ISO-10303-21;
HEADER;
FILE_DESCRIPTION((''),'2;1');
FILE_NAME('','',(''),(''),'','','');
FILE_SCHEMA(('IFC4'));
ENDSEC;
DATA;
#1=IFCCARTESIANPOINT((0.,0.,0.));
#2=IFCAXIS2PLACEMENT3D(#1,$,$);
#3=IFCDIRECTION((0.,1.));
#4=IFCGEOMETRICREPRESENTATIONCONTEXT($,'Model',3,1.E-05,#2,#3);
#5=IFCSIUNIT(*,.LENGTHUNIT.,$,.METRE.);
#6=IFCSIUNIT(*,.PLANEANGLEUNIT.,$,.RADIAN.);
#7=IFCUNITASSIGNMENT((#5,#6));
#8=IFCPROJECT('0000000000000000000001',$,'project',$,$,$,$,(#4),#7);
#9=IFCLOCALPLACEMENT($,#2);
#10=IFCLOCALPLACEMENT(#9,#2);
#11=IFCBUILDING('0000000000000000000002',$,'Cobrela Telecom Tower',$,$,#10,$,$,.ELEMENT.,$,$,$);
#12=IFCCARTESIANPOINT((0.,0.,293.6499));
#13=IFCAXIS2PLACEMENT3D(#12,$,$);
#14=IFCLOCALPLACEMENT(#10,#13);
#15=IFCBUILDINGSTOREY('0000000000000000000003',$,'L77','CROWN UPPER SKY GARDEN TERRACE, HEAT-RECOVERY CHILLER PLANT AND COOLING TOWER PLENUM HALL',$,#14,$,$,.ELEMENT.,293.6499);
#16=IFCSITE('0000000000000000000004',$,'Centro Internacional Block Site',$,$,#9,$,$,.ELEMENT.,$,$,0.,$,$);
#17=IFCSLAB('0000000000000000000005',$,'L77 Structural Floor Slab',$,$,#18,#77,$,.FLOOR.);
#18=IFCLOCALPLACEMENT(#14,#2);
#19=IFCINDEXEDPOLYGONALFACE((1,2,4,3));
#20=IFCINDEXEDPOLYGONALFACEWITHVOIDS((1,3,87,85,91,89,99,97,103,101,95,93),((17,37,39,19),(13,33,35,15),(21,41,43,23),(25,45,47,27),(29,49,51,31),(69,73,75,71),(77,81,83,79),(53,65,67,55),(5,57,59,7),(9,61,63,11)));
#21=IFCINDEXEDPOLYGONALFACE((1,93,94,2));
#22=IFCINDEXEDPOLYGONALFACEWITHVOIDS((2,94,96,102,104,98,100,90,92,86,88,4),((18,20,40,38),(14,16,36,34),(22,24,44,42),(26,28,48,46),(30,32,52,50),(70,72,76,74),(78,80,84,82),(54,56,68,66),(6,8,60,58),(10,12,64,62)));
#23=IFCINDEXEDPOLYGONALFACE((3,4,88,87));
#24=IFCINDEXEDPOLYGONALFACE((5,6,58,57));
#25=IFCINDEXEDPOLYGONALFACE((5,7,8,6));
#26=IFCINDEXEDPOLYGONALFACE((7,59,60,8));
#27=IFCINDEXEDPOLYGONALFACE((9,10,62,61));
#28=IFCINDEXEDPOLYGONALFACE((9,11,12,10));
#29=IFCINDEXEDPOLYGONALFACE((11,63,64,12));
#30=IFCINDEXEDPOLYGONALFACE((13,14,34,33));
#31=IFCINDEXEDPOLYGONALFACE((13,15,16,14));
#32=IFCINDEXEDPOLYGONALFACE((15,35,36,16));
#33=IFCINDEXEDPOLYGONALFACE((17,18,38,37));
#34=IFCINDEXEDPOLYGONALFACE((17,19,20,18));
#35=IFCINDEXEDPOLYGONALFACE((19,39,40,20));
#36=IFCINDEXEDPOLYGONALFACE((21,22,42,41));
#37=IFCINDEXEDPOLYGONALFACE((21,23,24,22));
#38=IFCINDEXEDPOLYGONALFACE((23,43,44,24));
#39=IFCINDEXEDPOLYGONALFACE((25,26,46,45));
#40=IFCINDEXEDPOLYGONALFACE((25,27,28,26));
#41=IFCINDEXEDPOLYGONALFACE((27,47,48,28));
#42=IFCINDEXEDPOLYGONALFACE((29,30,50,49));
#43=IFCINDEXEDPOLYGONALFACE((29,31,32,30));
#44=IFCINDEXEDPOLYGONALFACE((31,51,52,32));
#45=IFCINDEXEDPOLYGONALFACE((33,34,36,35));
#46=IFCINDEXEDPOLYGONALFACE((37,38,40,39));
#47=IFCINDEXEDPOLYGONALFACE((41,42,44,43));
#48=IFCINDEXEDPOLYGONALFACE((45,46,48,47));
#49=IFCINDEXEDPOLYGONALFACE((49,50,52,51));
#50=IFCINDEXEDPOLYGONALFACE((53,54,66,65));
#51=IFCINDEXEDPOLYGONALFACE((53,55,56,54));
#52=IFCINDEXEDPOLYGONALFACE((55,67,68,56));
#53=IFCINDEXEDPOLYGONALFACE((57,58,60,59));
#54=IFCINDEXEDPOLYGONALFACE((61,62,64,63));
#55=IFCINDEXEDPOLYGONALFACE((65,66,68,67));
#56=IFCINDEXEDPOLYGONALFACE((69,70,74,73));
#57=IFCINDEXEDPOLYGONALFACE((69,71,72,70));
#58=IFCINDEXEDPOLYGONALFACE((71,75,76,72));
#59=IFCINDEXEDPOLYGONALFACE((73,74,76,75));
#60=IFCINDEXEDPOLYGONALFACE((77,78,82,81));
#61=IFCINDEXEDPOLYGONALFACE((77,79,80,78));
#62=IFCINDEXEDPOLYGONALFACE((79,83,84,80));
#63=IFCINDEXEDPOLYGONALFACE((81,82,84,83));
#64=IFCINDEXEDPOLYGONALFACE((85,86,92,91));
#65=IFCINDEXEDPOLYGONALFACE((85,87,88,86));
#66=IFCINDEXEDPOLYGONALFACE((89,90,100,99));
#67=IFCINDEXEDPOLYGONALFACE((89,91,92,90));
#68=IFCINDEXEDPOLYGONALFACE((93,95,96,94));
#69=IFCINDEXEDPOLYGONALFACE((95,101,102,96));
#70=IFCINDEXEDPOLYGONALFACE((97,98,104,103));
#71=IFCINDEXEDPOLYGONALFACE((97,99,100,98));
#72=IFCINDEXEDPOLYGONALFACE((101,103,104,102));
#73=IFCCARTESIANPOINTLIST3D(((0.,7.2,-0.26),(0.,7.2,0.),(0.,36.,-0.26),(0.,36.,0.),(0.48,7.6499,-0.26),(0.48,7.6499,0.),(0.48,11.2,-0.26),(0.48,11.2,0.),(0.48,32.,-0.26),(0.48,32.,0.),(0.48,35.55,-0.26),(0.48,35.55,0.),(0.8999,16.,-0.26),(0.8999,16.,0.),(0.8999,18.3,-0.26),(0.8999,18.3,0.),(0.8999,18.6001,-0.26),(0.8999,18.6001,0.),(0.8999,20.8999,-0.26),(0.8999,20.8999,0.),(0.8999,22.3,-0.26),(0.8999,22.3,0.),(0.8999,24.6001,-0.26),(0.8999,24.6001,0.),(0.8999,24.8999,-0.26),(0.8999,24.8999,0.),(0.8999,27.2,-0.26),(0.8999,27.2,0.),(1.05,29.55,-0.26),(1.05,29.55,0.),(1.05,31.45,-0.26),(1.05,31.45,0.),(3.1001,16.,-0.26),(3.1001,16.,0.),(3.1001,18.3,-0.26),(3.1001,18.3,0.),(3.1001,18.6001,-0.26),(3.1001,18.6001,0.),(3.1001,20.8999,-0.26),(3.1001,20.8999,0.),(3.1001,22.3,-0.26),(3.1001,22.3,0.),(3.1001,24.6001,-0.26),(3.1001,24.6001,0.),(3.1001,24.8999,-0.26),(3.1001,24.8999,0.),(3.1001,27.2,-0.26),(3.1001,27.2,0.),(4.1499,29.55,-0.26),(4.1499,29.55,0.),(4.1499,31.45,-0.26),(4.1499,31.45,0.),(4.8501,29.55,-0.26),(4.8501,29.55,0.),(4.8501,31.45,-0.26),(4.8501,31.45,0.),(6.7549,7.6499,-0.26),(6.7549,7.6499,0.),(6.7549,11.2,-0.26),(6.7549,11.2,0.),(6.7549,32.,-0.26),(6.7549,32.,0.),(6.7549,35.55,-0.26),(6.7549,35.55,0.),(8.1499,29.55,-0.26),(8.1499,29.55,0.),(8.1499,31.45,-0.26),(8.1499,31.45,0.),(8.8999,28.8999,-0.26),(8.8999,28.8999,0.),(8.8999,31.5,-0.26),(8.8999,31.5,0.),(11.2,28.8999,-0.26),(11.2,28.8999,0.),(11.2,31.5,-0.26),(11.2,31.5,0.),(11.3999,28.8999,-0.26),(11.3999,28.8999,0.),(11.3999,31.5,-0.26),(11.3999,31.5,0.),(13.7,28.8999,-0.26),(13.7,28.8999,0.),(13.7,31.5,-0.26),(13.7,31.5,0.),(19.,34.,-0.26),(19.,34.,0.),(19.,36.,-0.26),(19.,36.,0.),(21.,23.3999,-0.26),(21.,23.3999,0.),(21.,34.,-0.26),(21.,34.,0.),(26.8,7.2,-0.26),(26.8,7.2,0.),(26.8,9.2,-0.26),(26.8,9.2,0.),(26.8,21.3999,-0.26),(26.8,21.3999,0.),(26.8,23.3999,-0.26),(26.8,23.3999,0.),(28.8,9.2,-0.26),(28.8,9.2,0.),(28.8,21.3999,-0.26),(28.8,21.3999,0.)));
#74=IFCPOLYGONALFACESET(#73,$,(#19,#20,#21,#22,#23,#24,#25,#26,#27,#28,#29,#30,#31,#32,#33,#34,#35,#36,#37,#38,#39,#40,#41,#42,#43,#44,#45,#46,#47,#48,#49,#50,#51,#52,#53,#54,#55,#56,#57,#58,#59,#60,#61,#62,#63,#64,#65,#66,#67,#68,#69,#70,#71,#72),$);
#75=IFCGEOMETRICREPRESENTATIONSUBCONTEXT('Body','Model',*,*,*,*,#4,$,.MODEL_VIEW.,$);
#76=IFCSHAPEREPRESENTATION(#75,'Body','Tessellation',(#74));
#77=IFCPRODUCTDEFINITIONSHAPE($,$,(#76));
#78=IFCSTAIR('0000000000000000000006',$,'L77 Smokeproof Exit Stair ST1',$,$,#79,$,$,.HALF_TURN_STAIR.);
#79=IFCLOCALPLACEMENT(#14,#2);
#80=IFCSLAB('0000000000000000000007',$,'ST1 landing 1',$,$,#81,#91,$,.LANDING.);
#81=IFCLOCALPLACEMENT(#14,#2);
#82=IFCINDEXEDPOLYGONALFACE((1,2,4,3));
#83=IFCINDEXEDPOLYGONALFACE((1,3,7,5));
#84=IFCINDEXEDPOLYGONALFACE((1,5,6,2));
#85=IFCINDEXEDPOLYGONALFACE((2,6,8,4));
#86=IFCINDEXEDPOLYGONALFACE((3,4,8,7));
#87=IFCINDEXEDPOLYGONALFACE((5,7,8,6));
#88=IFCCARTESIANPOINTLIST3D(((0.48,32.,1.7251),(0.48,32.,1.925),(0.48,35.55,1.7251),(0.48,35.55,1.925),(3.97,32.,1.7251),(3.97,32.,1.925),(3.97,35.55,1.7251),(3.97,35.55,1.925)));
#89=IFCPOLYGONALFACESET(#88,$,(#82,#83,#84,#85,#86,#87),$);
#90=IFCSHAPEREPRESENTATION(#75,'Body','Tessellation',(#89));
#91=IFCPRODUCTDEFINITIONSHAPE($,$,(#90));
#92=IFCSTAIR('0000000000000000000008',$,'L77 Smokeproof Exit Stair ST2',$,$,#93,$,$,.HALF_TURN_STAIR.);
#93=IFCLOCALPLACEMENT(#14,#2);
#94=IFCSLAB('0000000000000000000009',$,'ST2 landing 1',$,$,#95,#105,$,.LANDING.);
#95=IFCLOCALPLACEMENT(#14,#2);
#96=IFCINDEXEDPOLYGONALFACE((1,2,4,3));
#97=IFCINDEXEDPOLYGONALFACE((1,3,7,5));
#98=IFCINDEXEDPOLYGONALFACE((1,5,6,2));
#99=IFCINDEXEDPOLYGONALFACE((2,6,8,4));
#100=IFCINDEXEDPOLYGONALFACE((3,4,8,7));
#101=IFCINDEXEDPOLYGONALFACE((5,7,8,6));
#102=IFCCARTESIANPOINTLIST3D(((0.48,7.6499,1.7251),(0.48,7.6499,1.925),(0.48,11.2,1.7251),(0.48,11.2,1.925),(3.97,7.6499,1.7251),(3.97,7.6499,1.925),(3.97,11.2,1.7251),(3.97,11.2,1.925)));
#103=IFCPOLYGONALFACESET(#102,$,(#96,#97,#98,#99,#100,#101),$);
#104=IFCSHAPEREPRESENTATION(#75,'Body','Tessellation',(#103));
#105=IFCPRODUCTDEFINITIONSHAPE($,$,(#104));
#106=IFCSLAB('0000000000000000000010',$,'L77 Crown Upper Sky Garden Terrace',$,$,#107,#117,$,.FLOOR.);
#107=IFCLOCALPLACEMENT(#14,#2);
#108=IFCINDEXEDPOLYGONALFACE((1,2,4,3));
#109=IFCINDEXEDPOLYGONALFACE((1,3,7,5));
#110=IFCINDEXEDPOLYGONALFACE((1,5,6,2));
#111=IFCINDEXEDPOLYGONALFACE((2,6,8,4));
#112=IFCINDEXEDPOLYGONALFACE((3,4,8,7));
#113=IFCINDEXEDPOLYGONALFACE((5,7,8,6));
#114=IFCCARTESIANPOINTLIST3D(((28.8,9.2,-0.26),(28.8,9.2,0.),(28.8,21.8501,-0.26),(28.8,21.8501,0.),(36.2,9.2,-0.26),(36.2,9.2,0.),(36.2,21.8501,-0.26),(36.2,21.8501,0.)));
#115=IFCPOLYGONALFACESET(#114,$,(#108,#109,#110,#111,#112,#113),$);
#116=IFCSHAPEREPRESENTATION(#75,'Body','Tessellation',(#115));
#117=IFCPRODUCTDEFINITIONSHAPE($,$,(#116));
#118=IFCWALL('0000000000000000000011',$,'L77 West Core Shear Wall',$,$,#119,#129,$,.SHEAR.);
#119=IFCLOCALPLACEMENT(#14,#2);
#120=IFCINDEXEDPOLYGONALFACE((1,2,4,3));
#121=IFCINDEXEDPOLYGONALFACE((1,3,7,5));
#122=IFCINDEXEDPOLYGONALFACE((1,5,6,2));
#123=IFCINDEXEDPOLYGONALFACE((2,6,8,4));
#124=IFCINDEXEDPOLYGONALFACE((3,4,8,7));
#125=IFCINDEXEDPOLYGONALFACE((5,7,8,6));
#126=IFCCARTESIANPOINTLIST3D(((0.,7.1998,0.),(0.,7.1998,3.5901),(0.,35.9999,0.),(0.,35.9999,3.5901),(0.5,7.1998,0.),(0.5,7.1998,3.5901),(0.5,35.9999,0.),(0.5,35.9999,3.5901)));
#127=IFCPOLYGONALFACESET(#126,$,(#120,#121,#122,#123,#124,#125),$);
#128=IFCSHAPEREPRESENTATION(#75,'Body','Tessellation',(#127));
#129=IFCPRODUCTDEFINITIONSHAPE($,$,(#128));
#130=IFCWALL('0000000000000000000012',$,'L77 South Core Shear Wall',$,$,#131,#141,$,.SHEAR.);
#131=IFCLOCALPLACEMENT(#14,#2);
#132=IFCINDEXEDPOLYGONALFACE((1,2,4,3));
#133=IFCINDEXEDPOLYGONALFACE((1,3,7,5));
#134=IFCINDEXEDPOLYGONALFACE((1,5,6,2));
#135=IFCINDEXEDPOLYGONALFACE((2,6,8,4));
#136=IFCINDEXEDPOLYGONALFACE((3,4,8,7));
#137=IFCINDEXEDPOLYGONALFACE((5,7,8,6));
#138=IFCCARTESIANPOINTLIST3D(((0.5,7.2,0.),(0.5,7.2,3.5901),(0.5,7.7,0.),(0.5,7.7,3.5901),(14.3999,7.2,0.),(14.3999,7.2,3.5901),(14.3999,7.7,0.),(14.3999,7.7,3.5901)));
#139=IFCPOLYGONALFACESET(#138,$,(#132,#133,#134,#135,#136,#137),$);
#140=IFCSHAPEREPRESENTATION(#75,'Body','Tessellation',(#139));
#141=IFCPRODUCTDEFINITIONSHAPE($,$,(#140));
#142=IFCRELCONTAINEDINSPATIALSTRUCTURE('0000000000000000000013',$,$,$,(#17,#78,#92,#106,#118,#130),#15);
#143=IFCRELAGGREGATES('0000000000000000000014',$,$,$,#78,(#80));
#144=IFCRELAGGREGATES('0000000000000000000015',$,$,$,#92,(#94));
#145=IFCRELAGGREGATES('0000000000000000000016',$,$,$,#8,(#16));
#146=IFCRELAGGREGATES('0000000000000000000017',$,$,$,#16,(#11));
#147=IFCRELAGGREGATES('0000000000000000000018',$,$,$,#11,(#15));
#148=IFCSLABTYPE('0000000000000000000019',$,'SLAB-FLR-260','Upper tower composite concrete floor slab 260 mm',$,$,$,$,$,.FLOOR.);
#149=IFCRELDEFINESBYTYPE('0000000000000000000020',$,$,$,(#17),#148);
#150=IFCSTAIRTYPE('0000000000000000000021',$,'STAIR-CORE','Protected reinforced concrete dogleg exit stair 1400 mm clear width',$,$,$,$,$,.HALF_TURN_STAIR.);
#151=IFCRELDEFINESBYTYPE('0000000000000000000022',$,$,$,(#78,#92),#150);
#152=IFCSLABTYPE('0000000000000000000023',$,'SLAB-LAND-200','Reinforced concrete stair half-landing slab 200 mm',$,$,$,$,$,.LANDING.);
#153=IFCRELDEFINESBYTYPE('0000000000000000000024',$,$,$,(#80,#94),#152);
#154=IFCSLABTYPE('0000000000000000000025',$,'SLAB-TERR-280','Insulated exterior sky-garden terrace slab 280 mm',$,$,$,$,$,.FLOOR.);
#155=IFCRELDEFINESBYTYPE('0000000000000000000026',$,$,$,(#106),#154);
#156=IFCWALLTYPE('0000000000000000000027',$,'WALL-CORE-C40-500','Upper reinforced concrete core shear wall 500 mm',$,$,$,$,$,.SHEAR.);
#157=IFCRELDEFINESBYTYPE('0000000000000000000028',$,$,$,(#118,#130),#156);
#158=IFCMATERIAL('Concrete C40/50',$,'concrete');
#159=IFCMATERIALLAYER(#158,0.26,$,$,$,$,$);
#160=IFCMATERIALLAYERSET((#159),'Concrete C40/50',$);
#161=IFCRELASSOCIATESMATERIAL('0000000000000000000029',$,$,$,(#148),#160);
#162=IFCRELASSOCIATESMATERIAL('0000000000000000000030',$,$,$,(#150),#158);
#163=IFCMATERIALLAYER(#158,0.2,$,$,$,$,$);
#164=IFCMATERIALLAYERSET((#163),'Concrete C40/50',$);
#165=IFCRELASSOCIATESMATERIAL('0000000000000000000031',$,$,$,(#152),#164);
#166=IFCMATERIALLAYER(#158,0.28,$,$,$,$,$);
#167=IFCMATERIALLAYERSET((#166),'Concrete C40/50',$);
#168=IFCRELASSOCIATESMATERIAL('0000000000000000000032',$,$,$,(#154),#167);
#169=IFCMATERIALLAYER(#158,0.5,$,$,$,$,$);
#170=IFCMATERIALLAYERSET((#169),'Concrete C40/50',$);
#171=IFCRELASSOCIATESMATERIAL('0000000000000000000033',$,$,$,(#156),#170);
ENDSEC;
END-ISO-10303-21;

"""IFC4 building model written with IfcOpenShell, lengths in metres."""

from ifc_helpers import new_model, si_unit, direction, frame, frame_2d, origin, place, context, subcontext, project, spatial, polyline, rectangle, outline, extrude, material, layer, layer_set, type_object, element, aggregate, save


model = new_model("IFC4")

# Units and contexts
model_context = context("Model", 3, precision=1e-05, world=origin(), true_north=direction((0.0, 1.0)))
body_context = subcontext(model_context, "Body", "Model", "MODEL_VIEW")
ifc_project = project(units=[si_unit("LENGTHUNIT", "METRE"), si_unit("PLANEANGLEUNIT", "RADIAN")], contexts=[model_context])

# Site, building, storey
site_placement = place(None, origin())
site = spatial("IfcSite", under=ifc_project, at=site_placement, Name="Centro Internacional Block Site", CompositionType="ELEMENT", RefElevation=0.0)
building_placement = place(site_placement, origin())
building = spatial("IfcBuilding", under=site, at=building_placement, Name="Cobrela Telecom Tower", CompositionType="ELEMENT")
storey_placement = place(building_placement, frame((0.0, 0.0, 293.6499)))
storey = spatial("IfcBuildingStorey", under=building, at=storey_placement, Name="L77", Description="CROWN UPPER SKY GARDEN TERRACE, HEAT-RECOVERY CHILLER PLANT AND COOLING TOWER PLENUM HALL", CompositionType="ELEMENT", Elevation=293.6499)

# Slab, openings
ifc_material_1 = material(Name="Concrete C40/50", Category="concrete")
ifc_layer_1 = layer(ifc_material_1, 0.26)
ifc_layer_set_1 = layer_set([ifc_layer_1], Name="Concrete C40/50")
slab_type_1 = type_object("IfcSlabType", Name="SLAB-FLR-260", Description="Upper tower composite concrete floor slab 260 mm", PredefinedType="FLOOR", material=ifc_layer_set_1)
slab_1_placement = place(storey_placement, frame((0.0, 0.0, -0.26)))
slab_1 = element("IfcSlab", 1, at=slab_1_placement, inside=storey, type_object=slab_type_1, Name="L77 Structural Floor Slab", PredefinedType="FLOOR", context=body_context, shape_type="SweptSolid", body=[
    extrude(outline(polyline([(0.0, 7.2), (26.8, 7.2), (26.8, 9.2), (28.8, 9.2), (28.8, 21.3999), (26.8, 21.3999), (26.8, 23.3999), (21.0, 23.3999), (21.0, 34.0), (19.0, 34.0), (19.0, 36.0), (0.0, 36.0), (0.0, 7.2)])), origin(), (0.0, 0.0, 1.0), 0.26),
])
opening_1_placement = place(slab_1_placement, frame((0.0, 0.0, -0.02)))
element("IfcOpeningElement", 2, at=opening_1_placement, cuts=slab_1, PredefinedType="OPENING", context=body_context, shape_type="SweptSolid", body=[
    extrude(outline(polyline([(8.8999, 28.8999), (11.2, 28.8999), (11.2, 31.5), (8.8999, 31.5), (8.8999, 28.8999)])), origin(), (0.0, 0.0, 1.0), 0.3),
])
opening_2_placement = place(slab_1_placement, frame((0.0, 0.0, -0.02)))
element("IfcOpeningElement", 3, at=opening_2_placement, cuts=slab_1, PredefinedType="OPENING", context=body_context, shape_type="SweptSolid", body=[
    extrude(outline(polyline([(11.3999, 28.8999), (13.7, 28.8999), (13.7, 31.5), (11.3999, 31.5), (11.3999, 28.8999)])), origin(), (0.0, 0.0, 1.0), 0.3),
])
opening_3_placement = place(slab_1_placement, frame((0.0, 0.0, -0.02)))
element("IfcOpeningElement", 4, at=opening_3_placement, cuts=slab_1, PredefinedType="OPENING", context=body_context, shape_type="SweptSolid", body=[
    extrude(outline(polyline([(0.8999, 16.0), (3.1001, 16.0), (3.1001, 18.3), (0.8999, 18.3), (0.8999, 16.0)])), origin(), (0.0, 0.0, 1.0), 0.3),
])
opening_4_placement = place(slab_1_placement, frame((0.0, 0.0, -0.02)))
element("IfcOpeningElement", 5, at=opening_4_placement, cuts=slab_1, PredefinedType="OPENING", context=body_context, shape_type="SweptSolid", body=[
    extrude(outline(polyline([(0.8999, 18.6001), (3.1001, 18.6001), (3.1001, 20.8999), (0.8999, 20.8999), (0.8999, 18.6001)])), origin(), (0.0, 0.0, 1.0), 0.3),
])
opening_5_placement = place(slab_1_placement, frame((0.0, 0.0, -0.02)))
element("IfcOpeningElement", 6, at=opening_5_placement, cuts=slab_1, PredefinedType="OPENING", context=body_context, shape_type="SweptSolid", body=[
    extrude(outline(polyline([(0.8999, 22.3), (3.1001, 22.3), (3.1001, 24.6001), (0.8999, 24.6001), (0.8999, 22.3)])), origin(), (0.0, 0.0, 1.0), 0.3),
])
opening_6_placement = place(slab_1_placement, frame((0.0, 0.0, -0.02)))
element("IfcOpeningElement", 7, at=opening_6_placement, cuts=slab_1, PredefinedType="OPENING", context=body_context, shape_type="SweptSolid", body=[
    extrude(outline(polyline([(0.8999, 24.8999), (3.1001, 24.8999), (3.1001, 27.2), (0.8999, 27.2), (0.8999, 24.8999)])), origin(), (0.0, 0.0, 1.0), 0.3),
])
opening_7_placement = place(slab_1_placement, frame((0.0, 0.0, -0.02)))
element("IfcOpeningElement", 8, at=opening_7_placement, cuts=slab_1, PredefinedType="OPENING", context=body_context, shape_type="SweptSolid", body=[
    extrude(outline(polyline([(1.05, 29.55), (4.1499, 29.55), (4.1499, 31.45), (1.05, 31.45), (1.05, 29.55)])), origin(), (0.0, 0.0, 1.0), 0.3),
])
opening_8_placement = place(slab_1_placement, frame((0.0, 0.0, -0.02)))
element("IfcOpeningElement", 9, at=opening_8_placement, cuts=slab_1, PredefinedType="OPENING", context=body_context, shape_type="SweptSolid", body=[
    extrude(outline(polyline([(4.8501, 29.55), (8.1499, 29.55), (8.1499, 31.45), (4.8501, 31.45), (4.8501, 29.55)])), origin(), (0.0, 0.0, 1.0), 0.3),
])
opening_9_placement = place(slab_1_placement, frame((0.0, 0.0, -0.02)))
element("IfcOpeningElement", 10, at=opening_9_placement, cuts=slab_1, PredefinedType="OPENING", context=body_context, shape_type="SweptSolid", body=[
    extrude(outline(polyline([(6.7549, 35.55), (0.48, 35.55), (0.48, 32.0), (6.7549, 32.0), (6.7549, 35.55)])), origin(), (0.0, 0.0, 1.0), 0.3),
])
opening_10_placement = place(slab_1_placement, frame((0.0, 0.0, -0.02)))
element("IfcOpeningElement", 11, at=opening_10_placement, cuts=slab_1, PredefinedType="OPENING", context=body_context, shape_type="SweptSolid", body=[
    extrude(outline(polyline([(6.7549, 11.2), (0.48, 11.2), (0.48, 7.6499), (6.7549, 7.6499), (6.7549, 11.2)])), origin(), (0.0, 0.0, 1.0), 0.3),
])

# Stairs, slabs
stair_type = type_object("IfcStairType", Name="STAIR-CORE", Description="Protected reinforced concrete dogleg exit stair 1400 mm clear width", PredefinedType="HALF_TURN_STAIR", material=ifc_material_1)
stair_1_placement = place(storey_placement, origin())
stair_1 = element("IfcStair", 12, at=stair_1_placement, inside=storey, type_object=stair_type, Name="L77 Smokeproof Exit Stair ST1", PredefinedType="HALF_TURN_STAIR")
ifc_layer_2 = layer(ifc_material_1, 0.2)
ifc_layer_set_2 = layer_set([ifc_layer_2], Name="Concrete C40/50")
slab_type_2 = type_object("IfcSlabType", Name="SLAB-LAND-200", Description="Reinforced concrete stair half-landing slab 200 mm", PredefinedType="LANDING", material=ifc_layer_set_2)
slab_2_placement = place(storey_placement, frame((0.0, 0.0, 1.7251)))
slab_2 = element("IfcSlab", 13, at=slab_2_placement, type_object=slab_type_2, Name="ST1 landing 1", PredefinedType="LANDING", context=body_context, shape_type="SweptSolid", body=[
    extrude(outline(polyline([(3.97, 35.55), (0.48, 35.55), (0.48, 32.0), (3.97, 32.0), (3.97, 35.55)])), origin(), (0.0, 0.0, 1.0), 0.2),
])
aggregate(stair_1, [slab_2])
stair_2_placement = place(storey_placement, origin())
stair_2 = element("IfcStair", 14, at=stair_2_placement, inside=storey, type_object=stair_type, Name="L77 Smokeproof Exit Stair ST2", PredefinedType="HALF_TURN_STAIR")
slab_3_placement = place(storey_placement, frame((0.0, 0.0, 1.7251)))
slab_3 = element("IfcSlab", 15, at=slab_3_placement, type_object=slab_type_2, Name="ST2 landing 1", PredefinedType="LANDING", context=body_context, shape_type="SweptSolid", body=[
    extrude(outline(polyline([(3.97, 11.2), (0.48, 11.2), (0.48, 7.6499), (3.97, 7.6499), (3.97, 11.2)])), origin(), (0.0, 0.0, 1.0), 0.2),
])

# Slab
ifc_layer_3 = layer(ifc_material_1, 0.28)
ifc_layer_set_3 = layer_set([ifc_layer_3], Name="Concrete C40/50")
slab_type_3 = type_object("IfcSlabType", Name="SLAB-TERR-280", Description="Insulated exterior sky-garden terrace slab 280 mm", PredefinedType="FLOOR", material=ifc_layer_set_3)
slab_4_placement = place(storey_placement, frame((0.0, 0.0, -0.26)))
element("IfcSlab", 16, at=slab_4_placement, inside=storey, type_object=slab_type_3, Name="L77 Crown Upper Sky Garden Terrace", PredefinedType="FLOOR", context=body_context, shape_type="SweptSolid", body=[
    extrude(outline(polyline([(28.8, 9.2), (36.2, 9.2), (36.2, 21.8501), (28.8, 21.8501), (28.8, 9.2)])), origin(), (0.0, 0.0, 1.0), 0.26),
])

# Walls
ifc_layer_4 = layer(ifc_material_1, 0.5)
ifc_layer_set_4 = layer_set([ifc_layer_4], Name="Concrete C40/50")
wall_type_1 = type_object("IfcWallType", Name="WALL-CORE-C40-500", Description="Upper reinforced concrete core shear wall 500 mm", PredefinedType="SHEAR", material=ifc_layer_set_4)
wall_1_placement = place(storey_placement, frame((0.25, 7.2, 0.0), z_axis=(0.0, 0.0, 1.0), x_axis=(0.0, 1.0, 0.0)))
element("IfcWall", 17, at=wall_1_placement, inside=storey, type_object=wall_type_1, Name="L77 West Core Shear Wall", PredefinedType="SHEAR", context=body_context, shape_type="SweptSolid", body=[
    extrude(rectangle(XDim=28.8, YDim=0.5, at=frame_2d((14.3999, 0.0))), origin(), (0.0, 0.0, 1.0), 3.5901),
])
wall_2_placement = place(storey_placement, frame((0.5, 7.45, 0.0), z_axis=(0.0, 0.0, 1.0), x_axis=(1.0, 0.0, 0.0)))
element("IfcWall", 18, at=wall_2_placement, inside=storey, type_object=wall_type_1, Name="L77 South Core Shear Wall", PredefinedType="SHEAR", context=body_context, shape_type="SweptSolid", body=[
    extrude(rectangle(XDim=13.8999, YDim=0.5, at=frame_2d((6.95, 0.0))), origin(), (0.0, 0.0, 1.0), 3.5901),
])

aggregate(stair_2, [slab_3])

save(model, "model.ifc")
